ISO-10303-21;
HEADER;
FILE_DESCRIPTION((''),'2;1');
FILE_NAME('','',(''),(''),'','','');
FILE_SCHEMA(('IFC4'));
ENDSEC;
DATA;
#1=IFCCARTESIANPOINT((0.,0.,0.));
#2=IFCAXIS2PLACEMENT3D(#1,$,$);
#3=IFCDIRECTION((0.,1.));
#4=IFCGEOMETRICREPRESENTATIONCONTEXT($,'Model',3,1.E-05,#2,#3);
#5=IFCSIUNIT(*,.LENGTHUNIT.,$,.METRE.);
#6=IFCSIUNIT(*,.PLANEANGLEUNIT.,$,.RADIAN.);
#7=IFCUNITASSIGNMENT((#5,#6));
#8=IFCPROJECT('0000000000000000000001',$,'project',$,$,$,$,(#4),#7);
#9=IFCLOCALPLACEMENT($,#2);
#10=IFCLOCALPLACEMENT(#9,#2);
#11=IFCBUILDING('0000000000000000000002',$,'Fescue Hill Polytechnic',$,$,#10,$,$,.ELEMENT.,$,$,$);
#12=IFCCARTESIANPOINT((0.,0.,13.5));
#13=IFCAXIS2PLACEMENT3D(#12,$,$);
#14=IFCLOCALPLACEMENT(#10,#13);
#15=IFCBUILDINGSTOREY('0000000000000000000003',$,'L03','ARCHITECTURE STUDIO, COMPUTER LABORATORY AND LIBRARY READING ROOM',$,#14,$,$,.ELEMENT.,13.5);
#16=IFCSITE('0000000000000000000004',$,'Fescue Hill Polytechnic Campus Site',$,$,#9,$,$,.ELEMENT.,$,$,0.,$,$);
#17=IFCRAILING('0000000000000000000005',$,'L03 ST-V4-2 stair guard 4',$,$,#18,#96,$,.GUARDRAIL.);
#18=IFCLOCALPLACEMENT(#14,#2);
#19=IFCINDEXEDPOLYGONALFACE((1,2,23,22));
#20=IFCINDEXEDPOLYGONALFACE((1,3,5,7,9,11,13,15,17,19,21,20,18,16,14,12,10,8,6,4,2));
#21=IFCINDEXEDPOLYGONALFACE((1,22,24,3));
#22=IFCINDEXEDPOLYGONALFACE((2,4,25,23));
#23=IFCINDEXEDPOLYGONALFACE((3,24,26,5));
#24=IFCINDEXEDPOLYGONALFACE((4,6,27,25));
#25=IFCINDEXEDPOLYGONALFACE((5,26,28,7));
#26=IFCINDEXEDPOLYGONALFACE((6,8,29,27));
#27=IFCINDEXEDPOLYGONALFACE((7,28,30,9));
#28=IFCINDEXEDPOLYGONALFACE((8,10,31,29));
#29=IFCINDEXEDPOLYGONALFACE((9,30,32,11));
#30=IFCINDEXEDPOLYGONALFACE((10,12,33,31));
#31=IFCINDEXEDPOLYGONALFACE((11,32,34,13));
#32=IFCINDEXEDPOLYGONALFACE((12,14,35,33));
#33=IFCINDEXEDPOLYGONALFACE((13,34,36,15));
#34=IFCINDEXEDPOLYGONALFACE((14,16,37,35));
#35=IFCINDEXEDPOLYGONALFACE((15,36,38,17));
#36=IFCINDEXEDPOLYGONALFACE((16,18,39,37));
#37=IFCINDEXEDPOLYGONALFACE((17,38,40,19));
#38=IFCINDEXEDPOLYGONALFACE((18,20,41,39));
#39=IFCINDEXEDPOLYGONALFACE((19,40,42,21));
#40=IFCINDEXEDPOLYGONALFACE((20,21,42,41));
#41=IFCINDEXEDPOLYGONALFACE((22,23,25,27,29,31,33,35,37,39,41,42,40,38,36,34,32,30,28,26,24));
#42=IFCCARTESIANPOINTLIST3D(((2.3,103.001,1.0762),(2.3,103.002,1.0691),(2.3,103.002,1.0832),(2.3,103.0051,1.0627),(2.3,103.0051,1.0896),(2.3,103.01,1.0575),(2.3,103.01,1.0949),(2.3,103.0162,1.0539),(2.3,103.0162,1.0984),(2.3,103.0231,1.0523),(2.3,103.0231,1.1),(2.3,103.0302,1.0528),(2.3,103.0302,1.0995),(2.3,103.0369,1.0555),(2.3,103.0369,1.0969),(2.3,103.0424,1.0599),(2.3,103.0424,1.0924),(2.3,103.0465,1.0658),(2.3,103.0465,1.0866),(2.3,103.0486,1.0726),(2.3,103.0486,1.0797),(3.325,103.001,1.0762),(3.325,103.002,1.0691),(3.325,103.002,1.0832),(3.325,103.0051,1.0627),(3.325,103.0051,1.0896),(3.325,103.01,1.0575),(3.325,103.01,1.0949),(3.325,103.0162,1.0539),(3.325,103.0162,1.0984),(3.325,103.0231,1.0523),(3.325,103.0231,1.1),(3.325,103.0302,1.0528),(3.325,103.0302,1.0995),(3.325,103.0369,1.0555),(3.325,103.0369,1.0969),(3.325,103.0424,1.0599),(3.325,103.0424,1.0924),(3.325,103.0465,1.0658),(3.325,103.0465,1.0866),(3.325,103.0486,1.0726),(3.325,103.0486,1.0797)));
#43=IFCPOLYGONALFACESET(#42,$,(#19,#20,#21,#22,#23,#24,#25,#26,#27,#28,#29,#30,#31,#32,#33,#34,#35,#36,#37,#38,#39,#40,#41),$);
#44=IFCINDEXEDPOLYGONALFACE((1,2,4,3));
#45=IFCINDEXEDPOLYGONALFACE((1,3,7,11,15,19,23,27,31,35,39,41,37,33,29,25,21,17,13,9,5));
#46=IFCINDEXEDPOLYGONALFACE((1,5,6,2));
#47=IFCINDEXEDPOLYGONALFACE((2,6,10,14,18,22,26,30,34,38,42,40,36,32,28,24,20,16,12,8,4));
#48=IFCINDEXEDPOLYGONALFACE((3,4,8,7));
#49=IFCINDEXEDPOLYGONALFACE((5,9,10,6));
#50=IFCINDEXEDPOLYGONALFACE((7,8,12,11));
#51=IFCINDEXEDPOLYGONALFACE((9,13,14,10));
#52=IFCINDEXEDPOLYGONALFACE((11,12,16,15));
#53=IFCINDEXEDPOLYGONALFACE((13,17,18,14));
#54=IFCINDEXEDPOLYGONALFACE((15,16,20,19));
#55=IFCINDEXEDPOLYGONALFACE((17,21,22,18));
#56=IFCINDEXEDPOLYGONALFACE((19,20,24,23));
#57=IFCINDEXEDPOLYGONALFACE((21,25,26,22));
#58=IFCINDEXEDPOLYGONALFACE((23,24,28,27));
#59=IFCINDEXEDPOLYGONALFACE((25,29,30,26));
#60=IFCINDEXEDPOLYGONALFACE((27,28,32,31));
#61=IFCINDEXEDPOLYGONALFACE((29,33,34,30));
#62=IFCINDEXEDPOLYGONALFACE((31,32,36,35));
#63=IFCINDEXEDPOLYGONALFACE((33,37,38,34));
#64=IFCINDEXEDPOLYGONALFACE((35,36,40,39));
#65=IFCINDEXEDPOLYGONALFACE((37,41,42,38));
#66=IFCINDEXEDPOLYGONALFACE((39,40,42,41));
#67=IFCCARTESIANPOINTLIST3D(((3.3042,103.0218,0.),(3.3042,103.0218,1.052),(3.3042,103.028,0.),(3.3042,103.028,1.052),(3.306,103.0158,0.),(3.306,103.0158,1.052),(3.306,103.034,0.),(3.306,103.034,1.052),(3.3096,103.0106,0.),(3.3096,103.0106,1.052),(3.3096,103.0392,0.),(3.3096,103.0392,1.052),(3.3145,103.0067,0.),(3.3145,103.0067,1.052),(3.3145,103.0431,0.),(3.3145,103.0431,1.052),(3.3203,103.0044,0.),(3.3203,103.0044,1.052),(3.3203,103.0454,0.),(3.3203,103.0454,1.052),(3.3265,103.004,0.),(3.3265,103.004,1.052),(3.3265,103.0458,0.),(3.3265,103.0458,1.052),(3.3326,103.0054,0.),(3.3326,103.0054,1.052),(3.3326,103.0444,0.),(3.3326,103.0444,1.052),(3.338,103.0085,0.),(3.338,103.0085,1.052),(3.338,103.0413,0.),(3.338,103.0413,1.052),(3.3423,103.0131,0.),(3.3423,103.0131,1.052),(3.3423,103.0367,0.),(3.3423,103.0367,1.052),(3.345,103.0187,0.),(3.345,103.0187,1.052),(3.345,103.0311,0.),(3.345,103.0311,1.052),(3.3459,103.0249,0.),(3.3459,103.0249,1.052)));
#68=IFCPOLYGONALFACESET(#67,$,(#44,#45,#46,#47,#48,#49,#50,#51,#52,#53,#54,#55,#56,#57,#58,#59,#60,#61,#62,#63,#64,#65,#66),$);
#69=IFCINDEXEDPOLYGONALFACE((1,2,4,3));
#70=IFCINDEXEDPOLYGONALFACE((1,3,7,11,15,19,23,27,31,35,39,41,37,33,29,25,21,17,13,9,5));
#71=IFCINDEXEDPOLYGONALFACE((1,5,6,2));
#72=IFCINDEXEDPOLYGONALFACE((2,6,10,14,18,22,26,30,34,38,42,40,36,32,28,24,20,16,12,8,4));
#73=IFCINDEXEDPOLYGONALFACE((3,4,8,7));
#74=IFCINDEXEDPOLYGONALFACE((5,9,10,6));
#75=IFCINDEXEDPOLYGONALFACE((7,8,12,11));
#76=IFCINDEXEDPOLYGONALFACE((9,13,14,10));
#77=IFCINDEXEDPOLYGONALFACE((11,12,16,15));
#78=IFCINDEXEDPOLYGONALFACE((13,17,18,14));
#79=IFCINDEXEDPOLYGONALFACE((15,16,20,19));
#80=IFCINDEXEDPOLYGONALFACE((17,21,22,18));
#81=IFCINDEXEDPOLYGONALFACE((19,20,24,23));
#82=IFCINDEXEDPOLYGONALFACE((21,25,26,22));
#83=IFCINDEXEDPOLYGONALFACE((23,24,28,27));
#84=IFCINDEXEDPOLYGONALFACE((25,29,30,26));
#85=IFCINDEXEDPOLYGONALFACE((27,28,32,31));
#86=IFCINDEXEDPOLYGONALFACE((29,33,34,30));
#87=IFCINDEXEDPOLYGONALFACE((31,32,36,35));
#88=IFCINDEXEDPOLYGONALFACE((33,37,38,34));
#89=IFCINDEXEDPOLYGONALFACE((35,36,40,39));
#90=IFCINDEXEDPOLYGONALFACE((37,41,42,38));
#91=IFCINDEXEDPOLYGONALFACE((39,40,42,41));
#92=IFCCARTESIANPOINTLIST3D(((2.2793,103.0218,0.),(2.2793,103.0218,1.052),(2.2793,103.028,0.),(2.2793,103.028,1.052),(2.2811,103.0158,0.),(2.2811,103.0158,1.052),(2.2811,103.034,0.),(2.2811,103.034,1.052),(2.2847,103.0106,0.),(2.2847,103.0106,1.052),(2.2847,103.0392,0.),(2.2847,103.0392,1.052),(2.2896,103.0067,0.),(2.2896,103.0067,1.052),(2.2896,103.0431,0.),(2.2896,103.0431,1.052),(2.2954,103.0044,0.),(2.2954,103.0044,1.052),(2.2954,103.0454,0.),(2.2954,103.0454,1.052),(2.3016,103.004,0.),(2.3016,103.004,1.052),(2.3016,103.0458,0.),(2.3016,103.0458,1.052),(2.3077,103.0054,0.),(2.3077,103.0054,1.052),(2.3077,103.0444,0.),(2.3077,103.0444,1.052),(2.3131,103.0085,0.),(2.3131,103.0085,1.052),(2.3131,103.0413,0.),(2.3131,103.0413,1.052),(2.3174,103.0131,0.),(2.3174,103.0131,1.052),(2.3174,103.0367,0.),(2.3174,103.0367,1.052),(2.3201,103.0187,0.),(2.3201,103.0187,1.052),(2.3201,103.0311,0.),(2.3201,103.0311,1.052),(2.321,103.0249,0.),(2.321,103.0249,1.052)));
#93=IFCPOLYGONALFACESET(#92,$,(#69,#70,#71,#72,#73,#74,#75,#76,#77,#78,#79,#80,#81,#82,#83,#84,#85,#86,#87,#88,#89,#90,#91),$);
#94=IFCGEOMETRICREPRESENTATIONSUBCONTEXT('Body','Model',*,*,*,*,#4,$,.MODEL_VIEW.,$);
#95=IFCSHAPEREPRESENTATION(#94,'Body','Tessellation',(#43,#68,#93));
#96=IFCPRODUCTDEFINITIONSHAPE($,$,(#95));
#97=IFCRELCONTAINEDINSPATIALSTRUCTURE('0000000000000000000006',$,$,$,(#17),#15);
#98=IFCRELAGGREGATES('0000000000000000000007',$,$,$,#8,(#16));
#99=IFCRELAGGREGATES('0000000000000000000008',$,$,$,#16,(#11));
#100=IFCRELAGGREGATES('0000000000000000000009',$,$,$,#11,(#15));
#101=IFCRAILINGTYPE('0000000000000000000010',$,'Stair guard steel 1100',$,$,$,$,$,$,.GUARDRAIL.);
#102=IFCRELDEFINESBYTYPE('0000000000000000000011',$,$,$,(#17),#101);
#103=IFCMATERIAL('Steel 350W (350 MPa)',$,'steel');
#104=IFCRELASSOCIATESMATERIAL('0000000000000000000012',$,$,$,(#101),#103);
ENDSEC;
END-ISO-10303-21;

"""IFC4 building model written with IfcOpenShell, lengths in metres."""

from ifc_helpers import new_model, si_unit, direction, frame, origin, origin_2d, place, context, subcontext, project, spatial, circle, extrude, material, type_object, element, save


model = new_model("IFC4")

# Units and contexts
model_context = context("Model", 3, precision=1e-05, world=origin(), true_north=direction((0.0, 1.0)))
body_context = subcontext(model_context, "Body", "Model", "MODEL_VIEW")
ifc_project = project(units=[si_unit("LENGTHUNIT", "METRE"), si_unit("PLANEANGLEUNIT", "RADIAN")], contexts=[model_context])

# Site, building, storey
site_placement = place(None, origin())
site = spatial("IfcSite", under=ifc_project, at=site_placement, Name="Fescue Hill Polytechnic Campus Site", CompositionType="ELEMENT", RefElevation=0.0)
building_placement = place(site_placement, origin())
building = spatial("IfcBuilding", under=site, at=building_placement, Name="Fescue Hill Polytechnic", CompositionType="ELEMENT")
storey_placement = place(building_placement, frame((0.0, 0.0, 13.5)))
storey = spatial("IfcBuildingStorey", under=building, at=storey_placement, Name="L03", Description="ARCHITECTURE STUDIO, COMPUTER LABORATORY AND LIBRARY READING ROOM", CompositionType="ELEMENT", Elevation=13.5)

# Railing
ifc_material_1 = material(Name="Steel 350W (350 MPa)", Category="steel")
railing_type_1 = type_object("IfcRailingType", Name="Stair guard steel 1100", PredefinedType="GUARDRAIL", material=ifc_material_1)
railing_1_placement = place(storey_placement, frame((3.325, 103.0249, 0.0)))
element("IfcRailing", 1, at=railing_1_placement, inside=storey, type_object=railing_type_1, Name="L03 ST-V4-2 stair guard 4", PredefinedType="GUARDRAIL", context=body_context, shape_type="SweptSolid", body=[
    extrude(circle(Radius=0.0239, at=origin_2d()), frame((0.0, 0.0, 1.0762), z_axis=(-1.0, 0.0, 0.0), x_axis=(0.0, -1.0, 0.0)), (0.0, 0.0, 1.0), 1.0249),
    extrude(circle(Radius=0.021, at=origin_2d()), origin(), (0.0, 0.0, 1.0), 1.052),
    extrude(circle(Radius=0.021, at=origin_2d()), frame((-1.0249, 0.0, 0.0)), (0.0, 0.0, 1.0), 1.052),
])

save(model, "model.ifc")
